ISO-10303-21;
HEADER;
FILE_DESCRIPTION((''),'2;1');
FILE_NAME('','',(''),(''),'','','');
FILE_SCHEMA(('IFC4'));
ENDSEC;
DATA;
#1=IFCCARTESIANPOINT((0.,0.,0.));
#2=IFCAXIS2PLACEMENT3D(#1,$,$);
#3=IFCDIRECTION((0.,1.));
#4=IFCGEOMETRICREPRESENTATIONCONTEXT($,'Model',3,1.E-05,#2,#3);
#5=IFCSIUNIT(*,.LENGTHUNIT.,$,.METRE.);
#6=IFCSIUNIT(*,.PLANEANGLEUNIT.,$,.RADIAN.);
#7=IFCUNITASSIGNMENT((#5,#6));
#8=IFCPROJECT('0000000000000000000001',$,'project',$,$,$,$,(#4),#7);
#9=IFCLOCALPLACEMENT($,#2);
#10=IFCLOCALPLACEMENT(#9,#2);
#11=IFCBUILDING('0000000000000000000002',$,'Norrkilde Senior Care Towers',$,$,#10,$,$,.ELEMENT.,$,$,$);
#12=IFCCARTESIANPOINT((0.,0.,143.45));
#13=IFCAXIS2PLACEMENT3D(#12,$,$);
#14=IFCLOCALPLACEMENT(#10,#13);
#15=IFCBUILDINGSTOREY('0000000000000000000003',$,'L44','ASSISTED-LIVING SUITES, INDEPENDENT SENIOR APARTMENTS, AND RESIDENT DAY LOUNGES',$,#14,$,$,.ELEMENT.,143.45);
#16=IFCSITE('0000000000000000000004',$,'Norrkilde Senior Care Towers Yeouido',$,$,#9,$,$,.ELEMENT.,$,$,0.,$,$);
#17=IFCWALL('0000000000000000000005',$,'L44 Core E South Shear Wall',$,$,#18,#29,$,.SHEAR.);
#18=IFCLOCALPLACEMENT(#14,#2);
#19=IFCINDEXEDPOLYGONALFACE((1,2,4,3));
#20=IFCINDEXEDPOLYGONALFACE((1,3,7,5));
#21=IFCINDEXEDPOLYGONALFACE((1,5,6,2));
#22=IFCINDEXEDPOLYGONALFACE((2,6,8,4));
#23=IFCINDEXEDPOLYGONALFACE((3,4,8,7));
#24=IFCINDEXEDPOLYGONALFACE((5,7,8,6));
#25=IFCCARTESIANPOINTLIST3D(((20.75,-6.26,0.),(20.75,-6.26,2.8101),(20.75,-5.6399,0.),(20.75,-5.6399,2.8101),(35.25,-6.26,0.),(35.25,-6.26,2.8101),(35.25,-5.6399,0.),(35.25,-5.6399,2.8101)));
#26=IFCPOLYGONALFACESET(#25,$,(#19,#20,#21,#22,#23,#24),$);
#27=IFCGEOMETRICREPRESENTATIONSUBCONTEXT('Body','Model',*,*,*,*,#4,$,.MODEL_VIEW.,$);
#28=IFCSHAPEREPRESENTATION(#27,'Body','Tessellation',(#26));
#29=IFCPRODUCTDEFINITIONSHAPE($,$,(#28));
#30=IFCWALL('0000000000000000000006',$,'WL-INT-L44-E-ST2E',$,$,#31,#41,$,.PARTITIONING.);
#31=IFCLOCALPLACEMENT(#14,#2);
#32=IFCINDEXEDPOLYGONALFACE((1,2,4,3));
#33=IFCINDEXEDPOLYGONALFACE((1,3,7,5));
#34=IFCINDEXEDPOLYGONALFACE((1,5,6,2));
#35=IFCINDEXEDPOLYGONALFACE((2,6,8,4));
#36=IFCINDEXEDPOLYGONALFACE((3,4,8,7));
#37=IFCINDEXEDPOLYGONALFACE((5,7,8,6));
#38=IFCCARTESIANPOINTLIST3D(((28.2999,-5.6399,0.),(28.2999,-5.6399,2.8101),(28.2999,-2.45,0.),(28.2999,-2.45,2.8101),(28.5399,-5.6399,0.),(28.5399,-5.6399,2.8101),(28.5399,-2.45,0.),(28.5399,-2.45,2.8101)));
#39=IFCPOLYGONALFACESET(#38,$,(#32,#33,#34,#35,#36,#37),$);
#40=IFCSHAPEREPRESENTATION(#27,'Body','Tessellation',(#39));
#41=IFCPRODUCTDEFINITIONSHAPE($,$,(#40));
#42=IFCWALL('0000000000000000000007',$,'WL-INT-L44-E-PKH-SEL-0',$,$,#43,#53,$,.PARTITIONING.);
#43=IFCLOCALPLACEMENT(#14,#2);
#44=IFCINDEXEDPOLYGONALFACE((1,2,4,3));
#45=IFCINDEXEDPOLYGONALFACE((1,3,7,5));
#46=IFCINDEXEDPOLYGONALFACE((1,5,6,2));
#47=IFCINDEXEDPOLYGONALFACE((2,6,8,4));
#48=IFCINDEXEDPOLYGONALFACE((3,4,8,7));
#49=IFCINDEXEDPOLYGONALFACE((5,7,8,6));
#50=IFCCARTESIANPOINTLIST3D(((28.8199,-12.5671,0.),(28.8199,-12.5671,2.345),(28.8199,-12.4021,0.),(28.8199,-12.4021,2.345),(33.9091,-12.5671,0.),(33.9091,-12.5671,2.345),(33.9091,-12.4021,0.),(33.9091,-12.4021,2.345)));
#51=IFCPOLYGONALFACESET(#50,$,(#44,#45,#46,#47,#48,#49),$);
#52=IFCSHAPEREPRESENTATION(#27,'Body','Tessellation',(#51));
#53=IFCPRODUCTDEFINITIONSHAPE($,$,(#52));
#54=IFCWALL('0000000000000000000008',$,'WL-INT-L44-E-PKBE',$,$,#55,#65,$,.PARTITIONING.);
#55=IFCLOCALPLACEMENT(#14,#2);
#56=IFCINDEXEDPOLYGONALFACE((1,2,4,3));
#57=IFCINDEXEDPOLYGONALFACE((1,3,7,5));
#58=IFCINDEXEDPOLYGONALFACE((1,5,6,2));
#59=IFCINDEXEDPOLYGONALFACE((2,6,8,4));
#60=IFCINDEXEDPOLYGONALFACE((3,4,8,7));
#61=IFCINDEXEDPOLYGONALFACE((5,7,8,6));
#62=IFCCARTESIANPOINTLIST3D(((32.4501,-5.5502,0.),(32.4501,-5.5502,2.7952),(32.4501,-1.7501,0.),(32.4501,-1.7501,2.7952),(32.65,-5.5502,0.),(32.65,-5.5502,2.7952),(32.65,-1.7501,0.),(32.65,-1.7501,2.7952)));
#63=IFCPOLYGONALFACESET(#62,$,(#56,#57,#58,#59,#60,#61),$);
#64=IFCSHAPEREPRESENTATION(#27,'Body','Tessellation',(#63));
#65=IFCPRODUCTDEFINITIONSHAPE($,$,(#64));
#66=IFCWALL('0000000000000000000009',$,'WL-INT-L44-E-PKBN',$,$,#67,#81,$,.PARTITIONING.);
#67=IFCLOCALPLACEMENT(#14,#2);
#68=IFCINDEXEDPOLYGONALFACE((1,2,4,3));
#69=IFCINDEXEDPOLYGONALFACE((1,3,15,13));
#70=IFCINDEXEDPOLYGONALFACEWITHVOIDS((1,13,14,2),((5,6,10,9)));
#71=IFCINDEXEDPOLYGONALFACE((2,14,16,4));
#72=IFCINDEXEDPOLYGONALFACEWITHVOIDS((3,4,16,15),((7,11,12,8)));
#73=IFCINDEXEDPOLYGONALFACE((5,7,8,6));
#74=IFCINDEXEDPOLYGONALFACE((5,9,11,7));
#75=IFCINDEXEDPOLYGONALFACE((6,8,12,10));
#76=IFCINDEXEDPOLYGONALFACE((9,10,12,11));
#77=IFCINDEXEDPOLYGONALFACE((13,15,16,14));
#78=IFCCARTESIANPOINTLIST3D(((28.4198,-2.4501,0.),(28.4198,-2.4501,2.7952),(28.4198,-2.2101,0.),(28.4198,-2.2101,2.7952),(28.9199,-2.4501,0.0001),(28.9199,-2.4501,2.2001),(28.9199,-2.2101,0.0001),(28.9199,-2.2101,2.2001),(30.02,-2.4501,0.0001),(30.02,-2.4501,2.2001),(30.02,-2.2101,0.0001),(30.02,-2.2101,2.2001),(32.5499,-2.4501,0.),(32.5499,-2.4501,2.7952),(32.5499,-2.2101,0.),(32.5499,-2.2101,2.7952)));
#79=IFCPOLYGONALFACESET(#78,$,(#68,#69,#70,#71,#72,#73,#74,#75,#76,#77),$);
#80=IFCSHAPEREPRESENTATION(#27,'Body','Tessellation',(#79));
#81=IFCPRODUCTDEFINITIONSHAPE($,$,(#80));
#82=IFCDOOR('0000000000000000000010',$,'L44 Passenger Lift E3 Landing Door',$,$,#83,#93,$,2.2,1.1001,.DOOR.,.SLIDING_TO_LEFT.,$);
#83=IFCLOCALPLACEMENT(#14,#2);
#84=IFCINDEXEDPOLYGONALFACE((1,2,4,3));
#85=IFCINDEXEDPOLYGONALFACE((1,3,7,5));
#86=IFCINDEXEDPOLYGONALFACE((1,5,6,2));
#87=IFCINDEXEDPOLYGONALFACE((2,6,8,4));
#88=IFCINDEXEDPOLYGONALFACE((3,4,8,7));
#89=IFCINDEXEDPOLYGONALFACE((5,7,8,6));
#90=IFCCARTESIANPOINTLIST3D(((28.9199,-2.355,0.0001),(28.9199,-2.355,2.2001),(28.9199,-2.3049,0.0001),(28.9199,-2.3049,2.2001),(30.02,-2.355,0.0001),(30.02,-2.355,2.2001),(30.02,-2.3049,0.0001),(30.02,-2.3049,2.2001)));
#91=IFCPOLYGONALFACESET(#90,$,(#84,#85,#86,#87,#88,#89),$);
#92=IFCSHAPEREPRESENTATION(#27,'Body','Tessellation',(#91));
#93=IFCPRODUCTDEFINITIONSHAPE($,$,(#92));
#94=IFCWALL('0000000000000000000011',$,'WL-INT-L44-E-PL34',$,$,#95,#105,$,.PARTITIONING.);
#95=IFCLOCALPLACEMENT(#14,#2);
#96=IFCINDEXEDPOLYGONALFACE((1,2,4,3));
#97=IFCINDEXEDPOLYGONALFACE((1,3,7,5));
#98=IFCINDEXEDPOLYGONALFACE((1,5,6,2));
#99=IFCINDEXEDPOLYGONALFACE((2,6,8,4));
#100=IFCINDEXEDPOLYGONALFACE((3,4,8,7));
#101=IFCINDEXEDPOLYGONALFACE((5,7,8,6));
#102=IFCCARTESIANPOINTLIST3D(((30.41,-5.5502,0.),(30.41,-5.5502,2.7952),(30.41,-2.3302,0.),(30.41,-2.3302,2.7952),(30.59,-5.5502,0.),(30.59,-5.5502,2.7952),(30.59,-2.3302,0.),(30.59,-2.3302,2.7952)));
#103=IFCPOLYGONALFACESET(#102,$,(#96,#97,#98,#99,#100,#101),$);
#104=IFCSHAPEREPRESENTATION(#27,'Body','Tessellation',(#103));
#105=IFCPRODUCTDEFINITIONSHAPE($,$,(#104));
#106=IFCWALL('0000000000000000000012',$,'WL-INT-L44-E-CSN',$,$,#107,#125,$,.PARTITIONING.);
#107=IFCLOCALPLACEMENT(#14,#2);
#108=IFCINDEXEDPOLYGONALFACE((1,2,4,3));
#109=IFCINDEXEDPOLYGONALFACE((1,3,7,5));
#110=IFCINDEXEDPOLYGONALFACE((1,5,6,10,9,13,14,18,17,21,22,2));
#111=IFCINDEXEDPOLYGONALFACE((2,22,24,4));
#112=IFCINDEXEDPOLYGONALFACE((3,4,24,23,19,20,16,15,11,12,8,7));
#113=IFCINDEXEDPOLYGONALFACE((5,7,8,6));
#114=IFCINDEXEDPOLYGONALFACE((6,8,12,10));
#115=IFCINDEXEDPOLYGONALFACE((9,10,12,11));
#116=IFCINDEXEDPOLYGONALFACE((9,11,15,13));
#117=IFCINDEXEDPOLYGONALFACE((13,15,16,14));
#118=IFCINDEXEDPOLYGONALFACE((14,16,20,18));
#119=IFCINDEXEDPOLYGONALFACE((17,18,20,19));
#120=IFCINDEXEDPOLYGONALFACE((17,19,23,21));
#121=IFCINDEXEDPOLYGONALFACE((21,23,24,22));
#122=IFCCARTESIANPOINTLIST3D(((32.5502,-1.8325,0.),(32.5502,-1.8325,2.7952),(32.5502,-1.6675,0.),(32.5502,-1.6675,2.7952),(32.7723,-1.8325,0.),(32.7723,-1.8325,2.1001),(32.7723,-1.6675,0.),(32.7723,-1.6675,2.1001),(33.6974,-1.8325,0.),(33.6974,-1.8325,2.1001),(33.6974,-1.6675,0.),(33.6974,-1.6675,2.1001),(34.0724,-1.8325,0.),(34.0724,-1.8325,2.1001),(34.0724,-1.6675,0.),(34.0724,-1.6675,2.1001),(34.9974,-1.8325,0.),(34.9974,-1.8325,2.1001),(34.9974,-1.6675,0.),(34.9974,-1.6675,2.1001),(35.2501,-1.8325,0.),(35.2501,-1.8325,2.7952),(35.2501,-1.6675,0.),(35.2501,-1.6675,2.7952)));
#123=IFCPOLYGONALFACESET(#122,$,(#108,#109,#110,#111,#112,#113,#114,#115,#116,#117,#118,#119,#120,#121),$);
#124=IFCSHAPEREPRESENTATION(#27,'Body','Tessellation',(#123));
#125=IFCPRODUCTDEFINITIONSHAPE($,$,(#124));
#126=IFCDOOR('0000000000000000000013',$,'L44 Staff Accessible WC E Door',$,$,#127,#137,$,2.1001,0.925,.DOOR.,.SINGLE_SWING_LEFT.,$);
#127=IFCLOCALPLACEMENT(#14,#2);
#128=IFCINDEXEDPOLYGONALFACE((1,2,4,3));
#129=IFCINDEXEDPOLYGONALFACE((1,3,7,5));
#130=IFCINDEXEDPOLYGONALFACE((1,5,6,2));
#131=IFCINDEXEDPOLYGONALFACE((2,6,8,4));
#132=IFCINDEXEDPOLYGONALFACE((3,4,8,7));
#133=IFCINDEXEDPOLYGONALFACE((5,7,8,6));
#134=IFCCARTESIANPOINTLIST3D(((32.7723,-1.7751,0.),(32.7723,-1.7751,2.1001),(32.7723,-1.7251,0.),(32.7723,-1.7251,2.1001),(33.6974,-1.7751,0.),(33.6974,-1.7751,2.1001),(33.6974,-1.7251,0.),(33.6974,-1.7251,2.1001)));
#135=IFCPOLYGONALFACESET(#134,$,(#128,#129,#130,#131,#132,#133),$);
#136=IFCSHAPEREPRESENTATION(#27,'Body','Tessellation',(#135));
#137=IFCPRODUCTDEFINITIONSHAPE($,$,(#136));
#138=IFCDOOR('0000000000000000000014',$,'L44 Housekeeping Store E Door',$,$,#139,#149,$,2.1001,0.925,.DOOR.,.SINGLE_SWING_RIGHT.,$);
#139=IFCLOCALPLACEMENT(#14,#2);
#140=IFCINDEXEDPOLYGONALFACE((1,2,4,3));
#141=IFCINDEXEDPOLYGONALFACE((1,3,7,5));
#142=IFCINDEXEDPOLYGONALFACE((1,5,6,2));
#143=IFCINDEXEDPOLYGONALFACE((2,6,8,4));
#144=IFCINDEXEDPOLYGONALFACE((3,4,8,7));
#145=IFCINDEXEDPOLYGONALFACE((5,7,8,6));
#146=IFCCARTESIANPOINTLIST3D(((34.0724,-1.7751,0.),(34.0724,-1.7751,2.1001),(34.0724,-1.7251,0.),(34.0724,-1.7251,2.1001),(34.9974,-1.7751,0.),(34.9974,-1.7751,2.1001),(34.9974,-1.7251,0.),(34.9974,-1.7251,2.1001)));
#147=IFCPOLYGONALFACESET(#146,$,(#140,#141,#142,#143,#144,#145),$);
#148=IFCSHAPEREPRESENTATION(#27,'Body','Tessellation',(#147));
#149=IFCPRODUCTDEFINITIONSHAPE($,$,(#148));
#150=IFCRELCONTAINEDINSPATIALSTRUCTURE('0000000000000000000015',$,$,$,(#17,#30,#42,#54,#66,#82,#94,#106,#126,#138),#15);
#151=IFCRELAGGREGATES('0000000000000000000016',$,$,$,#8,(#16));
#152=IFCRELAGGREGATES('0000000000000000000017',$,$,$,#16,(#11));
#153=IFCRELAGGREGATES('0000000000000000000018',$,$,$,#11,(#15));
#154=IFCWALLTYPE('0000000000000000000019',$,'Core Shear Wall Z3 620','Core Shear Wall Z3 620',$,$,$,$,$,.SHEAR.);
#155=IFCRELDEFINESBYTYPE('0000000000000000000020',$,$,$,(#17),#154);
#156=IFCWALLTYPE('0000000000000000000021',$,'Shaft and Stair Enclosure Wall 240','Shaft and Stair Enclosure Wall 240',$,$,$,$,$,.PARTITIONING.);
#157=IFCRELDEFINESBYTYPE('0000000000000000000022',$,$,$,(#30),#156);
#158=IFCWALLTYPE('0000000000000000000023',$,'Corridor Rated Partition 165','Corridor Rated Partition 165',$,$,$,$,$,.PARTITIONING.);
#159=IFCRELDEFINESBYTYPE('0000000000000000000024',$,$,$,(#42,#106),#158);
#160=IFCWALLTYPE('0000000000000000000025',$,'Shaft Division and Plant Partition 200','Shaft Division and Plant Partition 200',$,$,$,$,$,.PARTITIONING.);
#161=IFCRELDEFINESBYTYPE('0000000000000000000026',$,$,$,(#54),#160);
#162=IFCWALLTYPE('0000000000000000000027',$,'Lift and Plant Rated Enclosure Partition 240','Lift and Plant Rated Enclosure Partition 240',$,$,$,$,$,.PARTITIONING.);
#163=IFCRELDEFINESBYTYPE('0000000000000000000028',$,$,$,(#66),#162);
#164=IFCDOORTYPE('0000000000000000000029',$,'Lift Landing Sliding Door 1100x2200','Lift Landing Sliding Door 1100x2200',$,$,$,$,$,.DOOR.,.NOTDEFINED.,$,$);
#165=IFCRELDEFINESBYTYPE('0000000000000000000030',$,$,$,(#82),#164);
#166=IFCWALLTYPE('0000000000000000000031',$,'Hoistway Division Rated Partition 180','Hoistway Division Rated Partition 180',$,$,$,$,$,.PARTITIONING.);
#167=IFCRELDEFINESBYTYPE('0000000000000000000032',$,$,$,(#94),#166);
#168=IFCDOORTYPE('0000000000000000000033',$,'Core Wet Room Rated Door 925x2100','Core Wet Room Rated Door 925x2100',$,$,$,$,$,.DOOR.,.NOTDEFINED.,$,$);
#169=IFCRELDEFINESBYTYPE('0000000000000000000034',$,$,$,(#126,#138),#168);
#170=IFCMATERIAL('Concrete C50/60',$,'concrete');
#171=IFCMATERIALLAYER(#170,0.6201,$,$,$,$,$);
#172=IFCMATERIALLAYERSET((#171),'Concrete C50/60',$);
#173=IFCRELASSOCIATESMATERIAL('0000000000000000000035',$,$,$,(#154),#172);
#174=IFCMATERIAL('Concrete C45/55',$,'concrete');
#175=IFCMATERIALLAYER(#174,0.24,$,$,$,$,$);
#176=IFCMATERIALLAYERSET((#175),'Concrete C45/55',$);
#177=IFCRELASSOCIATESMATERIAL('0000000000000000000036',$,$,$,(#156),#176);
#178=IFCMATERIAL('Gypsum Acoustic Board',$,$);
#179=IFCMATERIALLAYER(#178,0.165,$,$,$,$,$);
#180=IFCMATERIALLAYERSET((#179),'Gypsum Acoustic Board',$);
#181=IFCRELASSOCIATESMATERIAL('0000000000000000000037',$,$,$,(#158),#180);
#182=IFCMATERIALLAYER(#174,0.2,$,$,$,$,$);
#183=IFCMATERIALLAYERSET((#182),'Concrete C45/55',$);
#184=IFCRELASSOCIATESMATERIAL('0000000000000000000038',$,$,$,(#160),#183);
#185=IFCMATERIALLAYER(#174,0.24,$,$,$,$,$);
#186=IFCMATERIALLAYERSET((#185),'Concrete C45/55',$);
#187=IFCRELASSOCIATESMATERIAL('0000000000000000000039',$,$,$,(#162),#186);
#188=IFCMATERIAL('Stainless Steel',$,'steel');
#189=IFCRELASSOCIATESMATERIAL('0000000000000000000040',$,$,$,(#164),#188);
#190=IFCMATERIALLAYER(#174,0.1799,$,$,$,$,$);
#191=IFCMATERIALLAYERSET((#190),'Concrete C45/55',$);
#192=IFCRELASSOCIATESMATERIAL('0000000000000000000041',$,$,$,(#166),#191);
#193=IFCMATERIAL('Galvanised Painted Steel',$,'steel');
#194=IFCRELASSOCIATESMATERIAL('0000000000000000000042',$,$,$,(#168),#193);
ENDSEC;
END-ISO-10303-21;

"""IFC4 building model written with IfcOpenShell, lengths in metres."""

from ifc_helpers import new_model, si_unit, direction, frame, frame_2d, origin, place, context, subcontext, project, spatial, rectangle, extrude, source, transform, mapped, material, layer, layer_set, type_object, type_shapes, element, fill, save


model = new_model("IFC4")

# Units and contexts
model_context = context("Model", 3, precision=1e-05, world=origin(), true_north=direction((0.0, 1.0)))
body_context = subcontext(model_context, "Body", "Model", "MODEL_VIEW")
ifc_project = project(units=[si_unit("LENGTHUNIT", "METRE"), si_unit("PLANEANGLEUNIT", "RADIAN")], contexts=[model_context])

# Site, building, storey
site_placement = place(None, origin())
site = spatial("IfcSite", under=ifc_project, at=site_placement, Name="Norrkilde Senior Care Towers Yeouido", CompositionType="ELEMENT", RefElevation=0.0)
building_placement = place(site_placement, origin())
building = spatial("IfcBuilding", under=site, at=building_placement, Name="Norrkilde Senior Care Towers", CompositionType="ELEMENT")
storey_placement = place(building_placement, frame((0.0, 0.0, 143.45)))
storey = spatial("IfcBuildingStorey", under=building, at=storey_placement, Name="L44", Description="ASSISTED-LIVING SUITES, INDEPENDENT SENIOR APARTMENTS, AND RESIDENT DAY LOUNGES", CompositionType="ELEMENT", Elevation=143.45)

# Shared definitions
ifc_material_1 = material(Name="Concrete C50/60", Category="concrete")

# Walls
ifc_layer_1 = layer(ifc_material_1, 0.6201)
ifc_layer_set_1 = layer_set([ifc_layer_1], Name="Concrete C50/60")
wall_type_1 = type_object("IfcWallType", Name="Core Shear Wall Z3 620", Description="Core Shear Wall Z3 620", PredefinedType="SHEAR", material=ifc_layer_set_1)
shared_shape_1 = source(origin(), body_context, "Body", "SweptSolid", [
    extrude(rectangle(XDim=14.5, YDim=0.6201, at=frame_2d((7.25, 0.0))), origin(), (0.0, 0.0, 1.0), 2.8101),
])
type_shapes(wall_type_1, [shared_shape_1])
wall_1_placement = place(storey_placement, frame((35.25, -5.95, 0.0), z_axis=(0.0, 0.0, 1.0), x_axis=(-1.0, 0.0, 0.0)))
element("IfcWall", 1, at=wall_1_placement, inside=storey, type_object=wall_type_1, Name="L44 Core E South Shear Wall", PredefinedType="SHEAR", context=body_context, shape_type="MappedRepresentation", body=[
    mapped(shared_shape_1, transform((0.0, 0.0, 0.0), x_axis=(1.0, 0.0, 0.0), y_axis=(0.0, 1.0, 0.0), z_axis=(0.0, 0.0, 1.0), scale=1.0)),
])
ifc_material_2 = material(Name="Concrete C45/55", Category="concrete")
ifc_layer_2 = layer(ifc_material_2, 0.24)
ifc_layer_set_2 = layer_set([ifc_layer_2], Name="Concrete C45/55")
wall_type_2 = type_object("IfcWallType", Name="Shaft and Stair Enclosure Wall 240", Description="Shaft and Stair Enclosure Wall 240", PredefinedType="PARTITIONING", material=ifc_layer_set_2)
shared_shape_2 = source(origin(), body_context, "Body", "SweptSolid", [
    extrude(rectangle(XDim=3.1899, YDim=0.24, at=frame_2d((1.595, 0.0))), origin(), (0.0, 0.0, 1.0), 2.8101),
])
type_shapes(wall_type_2, [shared_shape_2])
wall_2_placement = place(storey_placement, frame((28.4199, -5.6399, 0.0), z_axis=(0.0, 0.0, 1.0), x_axis=(0.0, 1.0, 0.0)))
element("IfcWall", 2, at=wall_2_placement, inside=storey, type_object=wall_type_2, Name="WL-INT-L44-E-ST2E", PredefinedType="PARTITIONING", context=body_context, shape_type="MappedRepresentation", body=[
    mapped(shared_shape_2, transform((0.0, 0.0, 0.0), x_axis=(1.0, 0.0, 0.0), y_axis=(0.0, 1.0, 0.0), z_axis=(0.0, 0.0, 1.0), scale=1.0)),
])
ifc_material_3 = material(Name="Gypsum Acoustic Board")
ifc_layer_3 = layer(ifc_material_3, 0.165)
ifc_layer_set_3 = layer_set([ifc_layer_3], Name="Gypsum Acoustic Board")
wall_type_3 = type_object("IfcWallType", Name="Corridor Rated Partition 165", Description="Corridor Rated Partition 165", PredefinedType="PARTITIONING", material=ifc_layer_set_3)
shared_shape_3 = source(origin(), body_context, "Body", "SweptSolid", [
    extrude(rectangle(XDim=5.0891, YDim=0.165, at=frame_2d((2.5444, 0.0))), origin(), (0.0, 0.0, 1.0), 2.345),
])
wall_3_placement = place(storey_placement, frame((28.8201, -12.4846, 0.0), z_axis=(0.0, 0.0, 1.0), x_axis=(1.0, 0.0, 0.0)))
element("IfcWall", 3, at=wall_3_placement, inside=storey, type_object=wall_type_3, Name="WL-INT-L44-E-PKH-SEL-0", PredefinedType="PARTITIONING", context=body_context, shape_type="MappedRepresentation", body=[
    mapped(shared_shape_3, transform((0.0, 0.0, 0.0), x_axis=(1.0, 0.0, 0.0), y_axis=(0.0, 1.0, 0.0), z_axis=(0.0, 0.0, 1.0), scale=1.0)),
])
ifc_layer_4 = layer(ifc_material_2, 0.2)
ifc_layer_set_4 = layer_set([ifc_layer_4], Name="Concrete C45/55")
wall_type_4 = type_object("IfcWallType", Name="Shaft Division and Plant Partition 200", Description="Shaft Division and Plant Partition 200", PredefinedType="PARTITIONING", material=ifc_layer_set_4)
shared_shape_4 = source(origin(), body_context, "Body", "SweptSolid", [
    extrude(rectangle(XDim=3.8, YDim=0.2, at=frame_2d((1.8999, 0.0))), origin(), (0.0, 0.0, 1.0), 2.7952),
])
type_shapes(wall_type_4, [shared_shape_4])
wall_4_placement = place(storey_placement, frame((32.55, -5.55, 0.0), z_axis=(0.0, 0.0, 1.0), x_axis=(0.0, 1.0, 0.0)))
element("IfcWall", 4, at=wall_4_placement, inside=storey, type_object=wall_type_4, Name="WL-INT-L44-E-PKBE", PredefinedType="PARTITIONING", context=body_context, shape_type="MappedRepresentation", body=[
    mapped(shared_shape_4, transform((0.0, 0.0, 0.0), x_axis=(1.0, 0.0, 0.0), y_axis=(0.0, 1.0, 0.0), z_axis=(0.0, 0.0, 1.0), scale=1.0)),
])

# Wall, opening, door
ifc_layer_5 = layer(ifc_material_2, 0.24)
ifc_layer_set_5 = layer_set([ifc_layer_5], Name="Concrete C45/55")
wall_type_5 = type_object("IfcWallType", Name="Lift and Plant Rated Enclosure Partition 240", Description="Lift and Plant Rated Enclosure Partition 240", PredefinedType="PARTITIONING", material=ifc_layer_set_5)
shared_shape_5 = source(origin(), body_context, "Body", "SweptSolid", [
    extrude(rectangle(XDim=4.1301, YDim=0.24, at=frame_2d((2.0649, 0.0))), origin(), (0.0, 0.0, 1.0), 2.7952),
])
type_shapes(wall_type_5, [shared_shape_5])
wall_5_placement = place(storey_placement, frame((28.4199, -2.3301, 0.0), z_axis=(0.0, 0.0, 1.0), x_axis=(1.0, 0.0, 0.0)))
wall_5 = element("IfcWall", 5, at=wall_5_placement, inside=storey, type_object=wall_type_5, Name="WL-INT-L44-E-PKBN", PredefinedType="PARTITIONING", context=body_context, shape_type="MappedRepresentation", body=[
    mapped(shared_shape_5, transform((0.0, 0.0, 0.0), x_axis=(1.0, 0.0, 0.0), y_axis=(0.0, 1.0, 0.0), z_axis=(0.0, 0.0, 1.0), scale=1.0)),
])
opening_1_placement = place(wall_5_placement, frame((0.5, 0.0, 0.0)))
opening_1 = element("IfcOpeningElement", 6, at=opening_1_placement, cuts=wall_5, PredefinedType="OPENING", context=body_context, shape_type="SweptSolid", body=[
    extrude(rectangle(XDim=1.1001, YDim=2.2, at=frame_2d((0.55, 1.1001))), frame((0.0, 0.1299, 0.0), z_axis=(0.0, -1.0, 0.0), x_axis=(1.0, 0.0, 0.0)), (0.0, 0.0, 1.0), 0.26),
])
ifc_material_4 = material(Name="Stainless Steel", Category="steel")
door_type_1 = type_object("IfcDoorType", Name="Lift Landing Sliding Door 1100x2200", Description="Lift Landing Sliding Door 1100x2200", OperationType="NOTDEFINED", PredefinedType="DOOR", material=ifc_material_4)
shared_shape_6 = source(origin(), body_context, "Body", "SweptSolid", [
    extrude(rectangle(XDim=1.1001, YDim=2.2, at=frame_2d((0.55, 1.1001))), frame((0.0, 0.0249, 0.0), z_axis=(0.0, -1.0, 0.0), x_axis=(1.0, 0.0, 0.0)), (0.0, 0.0, 1.0), 0.05),
])
type_shapes(door_type_1, [shared_shape_6])
door_1_placement = place(opening_1_placement, frame((1.1001, 0.0, 0.0), z_axis=(0.0, 0.0, 1.0), x_axis=(-1.0, 0.0, 0.0)))
door_1 = element("IfcDoor", 7, at=door_1_placement, inside=storey, type_object=door_type_1, Name="L44 Passenger Lift E3 Landing Door", OperationType="SLIDING_TO_LEFT", OverallHeight=2.2, OverallWidth=1.1001, PredefinedType="DOOR", context=body_context, shape_type="MappedRepresentation", body=[
    mapped(shared_shape_6, transform((0.0, 0.0, 0.0), x_axis=(1.0, 0.0, 0.0), y_axis=(0.0, 1.0, 0.0), z_axis=(0.0, 0.0, 1.0), scale=1.0)),
])
fill(opening_1, door_1)

# Wall
ifc_layer_6 = layer(ifc_material_2, 0.1799)
ifc_layer_set_6 = layer_set([ifc_layer_6], Name="Concrete C45/55")
wall_type_6 = type_object("IfcWallType", Name="Hoistway Division Rated Partition 180", Description="Hoistway Division Rated Partition 180", PredefinedType="PARTITIONING", material=ifc_layer_set_6)
shared_shape_7 = source(origin(), body_context, "Body", "SweptSolid", [
    extrude(rectangle(XDim=3.22, YDim=0.1799, at=frame_2d((1.6099, 0.0))), origin(), (0.0, 0.0, 1.0), 2.7952),
])
type_shapes(wall_type_6, [shared_shape_7])
wall_6_placement = place(storey_placement, frame((30.5, -5.55, 0.0), z_axis=(0.0, 0.0, 1.0), x_axis=(0.0, 1.0, 0.0)))
element("IfcWall", 8, at=wall_6_placement, inside=storey, type_object=wall_type_6, Name="WL-INT-L44-E-PL34", PredefinedType="PARTITIONING", context=body_context, shape_type="MappedRepresentation", body=[
    mapped(shared_shape_7, transform((0.0, 0.0, 0.0), x_axis=(1.0, 0.0, 0.0), y_axis=(0.0, 1.0, 0.0), z_axis=(0.0, 0.0, 1.0), scale=1.0)),
])

# Wall, openings, doors
shared_shape_8 = source(origin(), body_context, "Body", "SweptSolid", [
    extrude(rectangle(XDim=2.7, YDim=0.165, at=frame_2d((1.3501, 0.0))), origin(), (0.0, 0.0, 1.0), 2.7952),
])
wall_7_placement = place(storey_placement, frame((32.55, -1.75, 0.0), z_axis=(0.0, 0.0, 1.0), x_axis=(1.0, 0.0, 0.0)))
wall_7 = element("IfcWall", 9, at=wall_7_placement, inside=storey, type_object=wall_type_3, Name="WL-INT-L44-E-CSN", PredefinedType="PARTITIONING", context=body_context, shape_type="MappedRepresentation", body=[
    mapped(shared_shape_8, transform((0.0, 0.0, 0.0), x_axis=(1.0, 0.0, 0.0), y_axis=(0.0, 1.0, 0.0), z_axis=(0.0, 0.0, 1.0), scale=1.0)),
])
opening_2_placement = place(wall_7_placement, frame((0.2224, 0.0, 0.0)))
opening_2 = element("IfcOpeningElement", 10, at=opening_2_placement, cuts=wall_7, PredefinedType="OPENING", context=body_context, shape_type="SweptSolid", body=[
    extrude(rectangle(XDim=0.925, YDim=2.1001, at=frame_2d((0.4624, 1.05))), frame((0.0, 0.0925, 0.0), z_axis=(0.0, -1.0, 0.0), x_axis=(1.0, 0.0, 0.0)), (0.0, 0.0, 1.0), 0.1851),
])
opening_3_placement = place(wall_7_placement, frame((1.5225, 0.0, 0.0)))
opening_3 = element("IfcOpeningElement", 11, at=opening_3_placement, cuts=wall_7, PredefinedType="OPENING", context=body_context, shape_type="SweptSolid", body=[
    extrude(rectangle(XDim=0.925, YDim=2.1001, at=frame_2d((0.4624, 1.05))), frame((0.0, 0.0925, 0.0), z_axis=(0.0, -1.0, 0.0), x_axis=(1.0, 0.0, 0.0)), (0.0, 0.0, 1.0), 0.1851),
])
ifc_material_5 = material(Name="Galvanised Painted Steel", Category="steel")
door_type_2 = type_object("IfcDoorType", Name="Core Wet Room Rated Door 925x2100", Description="Core Wet Room Rated Door 925x2100", OperationType="NOTDEFINED", PredefinedType="DOOR", material=ifc_material_5)
shared_shape_9 = source(origin(), body_context, "Body", "SweptSolid", [
    extrude(rectangle(XDim=0.925, YDim=2.1001, at=frame_2d((0.4624, 1.05))), frame((0.0, 0.0249, 0.0), z_axis=(0.0, -1.0, 0.0), x_axis=(1.0, 0.0, 0.0)), (0.0, 0.0, 1.0), 0.05),
])
type_shapes(door_type_2, [shared_shape_9])
door_2_placement = place(opening_2_placement, origin())
door_2 = element("IfcDoor", 12, at=door_2_placement, inside=storey, type_object=door_type_2, Name="L44 Staff Accessible WC E Door", OperationType="SINGLE_SWING_LEFT", OverallHeight=2.1001, OverallWidth=0.925, PredefinedType="DOOR", context=body_context, shape_type="MappedRepresentation", body=[
    mapped(shared_shape_9, transform((0.0, 0.0, 0.0), x_axis=(1.0, 0.0, 0.0), y_axis=(0.0, 1.0, 0.0), z_axis=(0.0, 0.0, 1.0), scale=1.0)),
])
fill(opening_2, door_2)
door_3_placement = place(opening_3_placement, origin())
door_3 = element("IfcDoor", 13, at=door_3_placement, inside=storey, type_object=door_type_2, Name="L44 Housekeeping Store E Door", OperationType="SINGLE_SWING_RIGHT", OverallHeight=2.1001, OverallWidth=0.925, PredefinedType="DOOR", context=body_context, shape_type="MappedRepresentation", body=[
    mapped(shared_shape_9, transform((0.0, 0.0, 0.0), x_axis=(1.0, 0.0, 0.0), y_axis=(0.0, 1.0, 0.0), z_axis=(0.0, 0.0, 1.0), scale=1.0)),
])
fill(opening_3, door_3)

save(model, "model.ifc")
